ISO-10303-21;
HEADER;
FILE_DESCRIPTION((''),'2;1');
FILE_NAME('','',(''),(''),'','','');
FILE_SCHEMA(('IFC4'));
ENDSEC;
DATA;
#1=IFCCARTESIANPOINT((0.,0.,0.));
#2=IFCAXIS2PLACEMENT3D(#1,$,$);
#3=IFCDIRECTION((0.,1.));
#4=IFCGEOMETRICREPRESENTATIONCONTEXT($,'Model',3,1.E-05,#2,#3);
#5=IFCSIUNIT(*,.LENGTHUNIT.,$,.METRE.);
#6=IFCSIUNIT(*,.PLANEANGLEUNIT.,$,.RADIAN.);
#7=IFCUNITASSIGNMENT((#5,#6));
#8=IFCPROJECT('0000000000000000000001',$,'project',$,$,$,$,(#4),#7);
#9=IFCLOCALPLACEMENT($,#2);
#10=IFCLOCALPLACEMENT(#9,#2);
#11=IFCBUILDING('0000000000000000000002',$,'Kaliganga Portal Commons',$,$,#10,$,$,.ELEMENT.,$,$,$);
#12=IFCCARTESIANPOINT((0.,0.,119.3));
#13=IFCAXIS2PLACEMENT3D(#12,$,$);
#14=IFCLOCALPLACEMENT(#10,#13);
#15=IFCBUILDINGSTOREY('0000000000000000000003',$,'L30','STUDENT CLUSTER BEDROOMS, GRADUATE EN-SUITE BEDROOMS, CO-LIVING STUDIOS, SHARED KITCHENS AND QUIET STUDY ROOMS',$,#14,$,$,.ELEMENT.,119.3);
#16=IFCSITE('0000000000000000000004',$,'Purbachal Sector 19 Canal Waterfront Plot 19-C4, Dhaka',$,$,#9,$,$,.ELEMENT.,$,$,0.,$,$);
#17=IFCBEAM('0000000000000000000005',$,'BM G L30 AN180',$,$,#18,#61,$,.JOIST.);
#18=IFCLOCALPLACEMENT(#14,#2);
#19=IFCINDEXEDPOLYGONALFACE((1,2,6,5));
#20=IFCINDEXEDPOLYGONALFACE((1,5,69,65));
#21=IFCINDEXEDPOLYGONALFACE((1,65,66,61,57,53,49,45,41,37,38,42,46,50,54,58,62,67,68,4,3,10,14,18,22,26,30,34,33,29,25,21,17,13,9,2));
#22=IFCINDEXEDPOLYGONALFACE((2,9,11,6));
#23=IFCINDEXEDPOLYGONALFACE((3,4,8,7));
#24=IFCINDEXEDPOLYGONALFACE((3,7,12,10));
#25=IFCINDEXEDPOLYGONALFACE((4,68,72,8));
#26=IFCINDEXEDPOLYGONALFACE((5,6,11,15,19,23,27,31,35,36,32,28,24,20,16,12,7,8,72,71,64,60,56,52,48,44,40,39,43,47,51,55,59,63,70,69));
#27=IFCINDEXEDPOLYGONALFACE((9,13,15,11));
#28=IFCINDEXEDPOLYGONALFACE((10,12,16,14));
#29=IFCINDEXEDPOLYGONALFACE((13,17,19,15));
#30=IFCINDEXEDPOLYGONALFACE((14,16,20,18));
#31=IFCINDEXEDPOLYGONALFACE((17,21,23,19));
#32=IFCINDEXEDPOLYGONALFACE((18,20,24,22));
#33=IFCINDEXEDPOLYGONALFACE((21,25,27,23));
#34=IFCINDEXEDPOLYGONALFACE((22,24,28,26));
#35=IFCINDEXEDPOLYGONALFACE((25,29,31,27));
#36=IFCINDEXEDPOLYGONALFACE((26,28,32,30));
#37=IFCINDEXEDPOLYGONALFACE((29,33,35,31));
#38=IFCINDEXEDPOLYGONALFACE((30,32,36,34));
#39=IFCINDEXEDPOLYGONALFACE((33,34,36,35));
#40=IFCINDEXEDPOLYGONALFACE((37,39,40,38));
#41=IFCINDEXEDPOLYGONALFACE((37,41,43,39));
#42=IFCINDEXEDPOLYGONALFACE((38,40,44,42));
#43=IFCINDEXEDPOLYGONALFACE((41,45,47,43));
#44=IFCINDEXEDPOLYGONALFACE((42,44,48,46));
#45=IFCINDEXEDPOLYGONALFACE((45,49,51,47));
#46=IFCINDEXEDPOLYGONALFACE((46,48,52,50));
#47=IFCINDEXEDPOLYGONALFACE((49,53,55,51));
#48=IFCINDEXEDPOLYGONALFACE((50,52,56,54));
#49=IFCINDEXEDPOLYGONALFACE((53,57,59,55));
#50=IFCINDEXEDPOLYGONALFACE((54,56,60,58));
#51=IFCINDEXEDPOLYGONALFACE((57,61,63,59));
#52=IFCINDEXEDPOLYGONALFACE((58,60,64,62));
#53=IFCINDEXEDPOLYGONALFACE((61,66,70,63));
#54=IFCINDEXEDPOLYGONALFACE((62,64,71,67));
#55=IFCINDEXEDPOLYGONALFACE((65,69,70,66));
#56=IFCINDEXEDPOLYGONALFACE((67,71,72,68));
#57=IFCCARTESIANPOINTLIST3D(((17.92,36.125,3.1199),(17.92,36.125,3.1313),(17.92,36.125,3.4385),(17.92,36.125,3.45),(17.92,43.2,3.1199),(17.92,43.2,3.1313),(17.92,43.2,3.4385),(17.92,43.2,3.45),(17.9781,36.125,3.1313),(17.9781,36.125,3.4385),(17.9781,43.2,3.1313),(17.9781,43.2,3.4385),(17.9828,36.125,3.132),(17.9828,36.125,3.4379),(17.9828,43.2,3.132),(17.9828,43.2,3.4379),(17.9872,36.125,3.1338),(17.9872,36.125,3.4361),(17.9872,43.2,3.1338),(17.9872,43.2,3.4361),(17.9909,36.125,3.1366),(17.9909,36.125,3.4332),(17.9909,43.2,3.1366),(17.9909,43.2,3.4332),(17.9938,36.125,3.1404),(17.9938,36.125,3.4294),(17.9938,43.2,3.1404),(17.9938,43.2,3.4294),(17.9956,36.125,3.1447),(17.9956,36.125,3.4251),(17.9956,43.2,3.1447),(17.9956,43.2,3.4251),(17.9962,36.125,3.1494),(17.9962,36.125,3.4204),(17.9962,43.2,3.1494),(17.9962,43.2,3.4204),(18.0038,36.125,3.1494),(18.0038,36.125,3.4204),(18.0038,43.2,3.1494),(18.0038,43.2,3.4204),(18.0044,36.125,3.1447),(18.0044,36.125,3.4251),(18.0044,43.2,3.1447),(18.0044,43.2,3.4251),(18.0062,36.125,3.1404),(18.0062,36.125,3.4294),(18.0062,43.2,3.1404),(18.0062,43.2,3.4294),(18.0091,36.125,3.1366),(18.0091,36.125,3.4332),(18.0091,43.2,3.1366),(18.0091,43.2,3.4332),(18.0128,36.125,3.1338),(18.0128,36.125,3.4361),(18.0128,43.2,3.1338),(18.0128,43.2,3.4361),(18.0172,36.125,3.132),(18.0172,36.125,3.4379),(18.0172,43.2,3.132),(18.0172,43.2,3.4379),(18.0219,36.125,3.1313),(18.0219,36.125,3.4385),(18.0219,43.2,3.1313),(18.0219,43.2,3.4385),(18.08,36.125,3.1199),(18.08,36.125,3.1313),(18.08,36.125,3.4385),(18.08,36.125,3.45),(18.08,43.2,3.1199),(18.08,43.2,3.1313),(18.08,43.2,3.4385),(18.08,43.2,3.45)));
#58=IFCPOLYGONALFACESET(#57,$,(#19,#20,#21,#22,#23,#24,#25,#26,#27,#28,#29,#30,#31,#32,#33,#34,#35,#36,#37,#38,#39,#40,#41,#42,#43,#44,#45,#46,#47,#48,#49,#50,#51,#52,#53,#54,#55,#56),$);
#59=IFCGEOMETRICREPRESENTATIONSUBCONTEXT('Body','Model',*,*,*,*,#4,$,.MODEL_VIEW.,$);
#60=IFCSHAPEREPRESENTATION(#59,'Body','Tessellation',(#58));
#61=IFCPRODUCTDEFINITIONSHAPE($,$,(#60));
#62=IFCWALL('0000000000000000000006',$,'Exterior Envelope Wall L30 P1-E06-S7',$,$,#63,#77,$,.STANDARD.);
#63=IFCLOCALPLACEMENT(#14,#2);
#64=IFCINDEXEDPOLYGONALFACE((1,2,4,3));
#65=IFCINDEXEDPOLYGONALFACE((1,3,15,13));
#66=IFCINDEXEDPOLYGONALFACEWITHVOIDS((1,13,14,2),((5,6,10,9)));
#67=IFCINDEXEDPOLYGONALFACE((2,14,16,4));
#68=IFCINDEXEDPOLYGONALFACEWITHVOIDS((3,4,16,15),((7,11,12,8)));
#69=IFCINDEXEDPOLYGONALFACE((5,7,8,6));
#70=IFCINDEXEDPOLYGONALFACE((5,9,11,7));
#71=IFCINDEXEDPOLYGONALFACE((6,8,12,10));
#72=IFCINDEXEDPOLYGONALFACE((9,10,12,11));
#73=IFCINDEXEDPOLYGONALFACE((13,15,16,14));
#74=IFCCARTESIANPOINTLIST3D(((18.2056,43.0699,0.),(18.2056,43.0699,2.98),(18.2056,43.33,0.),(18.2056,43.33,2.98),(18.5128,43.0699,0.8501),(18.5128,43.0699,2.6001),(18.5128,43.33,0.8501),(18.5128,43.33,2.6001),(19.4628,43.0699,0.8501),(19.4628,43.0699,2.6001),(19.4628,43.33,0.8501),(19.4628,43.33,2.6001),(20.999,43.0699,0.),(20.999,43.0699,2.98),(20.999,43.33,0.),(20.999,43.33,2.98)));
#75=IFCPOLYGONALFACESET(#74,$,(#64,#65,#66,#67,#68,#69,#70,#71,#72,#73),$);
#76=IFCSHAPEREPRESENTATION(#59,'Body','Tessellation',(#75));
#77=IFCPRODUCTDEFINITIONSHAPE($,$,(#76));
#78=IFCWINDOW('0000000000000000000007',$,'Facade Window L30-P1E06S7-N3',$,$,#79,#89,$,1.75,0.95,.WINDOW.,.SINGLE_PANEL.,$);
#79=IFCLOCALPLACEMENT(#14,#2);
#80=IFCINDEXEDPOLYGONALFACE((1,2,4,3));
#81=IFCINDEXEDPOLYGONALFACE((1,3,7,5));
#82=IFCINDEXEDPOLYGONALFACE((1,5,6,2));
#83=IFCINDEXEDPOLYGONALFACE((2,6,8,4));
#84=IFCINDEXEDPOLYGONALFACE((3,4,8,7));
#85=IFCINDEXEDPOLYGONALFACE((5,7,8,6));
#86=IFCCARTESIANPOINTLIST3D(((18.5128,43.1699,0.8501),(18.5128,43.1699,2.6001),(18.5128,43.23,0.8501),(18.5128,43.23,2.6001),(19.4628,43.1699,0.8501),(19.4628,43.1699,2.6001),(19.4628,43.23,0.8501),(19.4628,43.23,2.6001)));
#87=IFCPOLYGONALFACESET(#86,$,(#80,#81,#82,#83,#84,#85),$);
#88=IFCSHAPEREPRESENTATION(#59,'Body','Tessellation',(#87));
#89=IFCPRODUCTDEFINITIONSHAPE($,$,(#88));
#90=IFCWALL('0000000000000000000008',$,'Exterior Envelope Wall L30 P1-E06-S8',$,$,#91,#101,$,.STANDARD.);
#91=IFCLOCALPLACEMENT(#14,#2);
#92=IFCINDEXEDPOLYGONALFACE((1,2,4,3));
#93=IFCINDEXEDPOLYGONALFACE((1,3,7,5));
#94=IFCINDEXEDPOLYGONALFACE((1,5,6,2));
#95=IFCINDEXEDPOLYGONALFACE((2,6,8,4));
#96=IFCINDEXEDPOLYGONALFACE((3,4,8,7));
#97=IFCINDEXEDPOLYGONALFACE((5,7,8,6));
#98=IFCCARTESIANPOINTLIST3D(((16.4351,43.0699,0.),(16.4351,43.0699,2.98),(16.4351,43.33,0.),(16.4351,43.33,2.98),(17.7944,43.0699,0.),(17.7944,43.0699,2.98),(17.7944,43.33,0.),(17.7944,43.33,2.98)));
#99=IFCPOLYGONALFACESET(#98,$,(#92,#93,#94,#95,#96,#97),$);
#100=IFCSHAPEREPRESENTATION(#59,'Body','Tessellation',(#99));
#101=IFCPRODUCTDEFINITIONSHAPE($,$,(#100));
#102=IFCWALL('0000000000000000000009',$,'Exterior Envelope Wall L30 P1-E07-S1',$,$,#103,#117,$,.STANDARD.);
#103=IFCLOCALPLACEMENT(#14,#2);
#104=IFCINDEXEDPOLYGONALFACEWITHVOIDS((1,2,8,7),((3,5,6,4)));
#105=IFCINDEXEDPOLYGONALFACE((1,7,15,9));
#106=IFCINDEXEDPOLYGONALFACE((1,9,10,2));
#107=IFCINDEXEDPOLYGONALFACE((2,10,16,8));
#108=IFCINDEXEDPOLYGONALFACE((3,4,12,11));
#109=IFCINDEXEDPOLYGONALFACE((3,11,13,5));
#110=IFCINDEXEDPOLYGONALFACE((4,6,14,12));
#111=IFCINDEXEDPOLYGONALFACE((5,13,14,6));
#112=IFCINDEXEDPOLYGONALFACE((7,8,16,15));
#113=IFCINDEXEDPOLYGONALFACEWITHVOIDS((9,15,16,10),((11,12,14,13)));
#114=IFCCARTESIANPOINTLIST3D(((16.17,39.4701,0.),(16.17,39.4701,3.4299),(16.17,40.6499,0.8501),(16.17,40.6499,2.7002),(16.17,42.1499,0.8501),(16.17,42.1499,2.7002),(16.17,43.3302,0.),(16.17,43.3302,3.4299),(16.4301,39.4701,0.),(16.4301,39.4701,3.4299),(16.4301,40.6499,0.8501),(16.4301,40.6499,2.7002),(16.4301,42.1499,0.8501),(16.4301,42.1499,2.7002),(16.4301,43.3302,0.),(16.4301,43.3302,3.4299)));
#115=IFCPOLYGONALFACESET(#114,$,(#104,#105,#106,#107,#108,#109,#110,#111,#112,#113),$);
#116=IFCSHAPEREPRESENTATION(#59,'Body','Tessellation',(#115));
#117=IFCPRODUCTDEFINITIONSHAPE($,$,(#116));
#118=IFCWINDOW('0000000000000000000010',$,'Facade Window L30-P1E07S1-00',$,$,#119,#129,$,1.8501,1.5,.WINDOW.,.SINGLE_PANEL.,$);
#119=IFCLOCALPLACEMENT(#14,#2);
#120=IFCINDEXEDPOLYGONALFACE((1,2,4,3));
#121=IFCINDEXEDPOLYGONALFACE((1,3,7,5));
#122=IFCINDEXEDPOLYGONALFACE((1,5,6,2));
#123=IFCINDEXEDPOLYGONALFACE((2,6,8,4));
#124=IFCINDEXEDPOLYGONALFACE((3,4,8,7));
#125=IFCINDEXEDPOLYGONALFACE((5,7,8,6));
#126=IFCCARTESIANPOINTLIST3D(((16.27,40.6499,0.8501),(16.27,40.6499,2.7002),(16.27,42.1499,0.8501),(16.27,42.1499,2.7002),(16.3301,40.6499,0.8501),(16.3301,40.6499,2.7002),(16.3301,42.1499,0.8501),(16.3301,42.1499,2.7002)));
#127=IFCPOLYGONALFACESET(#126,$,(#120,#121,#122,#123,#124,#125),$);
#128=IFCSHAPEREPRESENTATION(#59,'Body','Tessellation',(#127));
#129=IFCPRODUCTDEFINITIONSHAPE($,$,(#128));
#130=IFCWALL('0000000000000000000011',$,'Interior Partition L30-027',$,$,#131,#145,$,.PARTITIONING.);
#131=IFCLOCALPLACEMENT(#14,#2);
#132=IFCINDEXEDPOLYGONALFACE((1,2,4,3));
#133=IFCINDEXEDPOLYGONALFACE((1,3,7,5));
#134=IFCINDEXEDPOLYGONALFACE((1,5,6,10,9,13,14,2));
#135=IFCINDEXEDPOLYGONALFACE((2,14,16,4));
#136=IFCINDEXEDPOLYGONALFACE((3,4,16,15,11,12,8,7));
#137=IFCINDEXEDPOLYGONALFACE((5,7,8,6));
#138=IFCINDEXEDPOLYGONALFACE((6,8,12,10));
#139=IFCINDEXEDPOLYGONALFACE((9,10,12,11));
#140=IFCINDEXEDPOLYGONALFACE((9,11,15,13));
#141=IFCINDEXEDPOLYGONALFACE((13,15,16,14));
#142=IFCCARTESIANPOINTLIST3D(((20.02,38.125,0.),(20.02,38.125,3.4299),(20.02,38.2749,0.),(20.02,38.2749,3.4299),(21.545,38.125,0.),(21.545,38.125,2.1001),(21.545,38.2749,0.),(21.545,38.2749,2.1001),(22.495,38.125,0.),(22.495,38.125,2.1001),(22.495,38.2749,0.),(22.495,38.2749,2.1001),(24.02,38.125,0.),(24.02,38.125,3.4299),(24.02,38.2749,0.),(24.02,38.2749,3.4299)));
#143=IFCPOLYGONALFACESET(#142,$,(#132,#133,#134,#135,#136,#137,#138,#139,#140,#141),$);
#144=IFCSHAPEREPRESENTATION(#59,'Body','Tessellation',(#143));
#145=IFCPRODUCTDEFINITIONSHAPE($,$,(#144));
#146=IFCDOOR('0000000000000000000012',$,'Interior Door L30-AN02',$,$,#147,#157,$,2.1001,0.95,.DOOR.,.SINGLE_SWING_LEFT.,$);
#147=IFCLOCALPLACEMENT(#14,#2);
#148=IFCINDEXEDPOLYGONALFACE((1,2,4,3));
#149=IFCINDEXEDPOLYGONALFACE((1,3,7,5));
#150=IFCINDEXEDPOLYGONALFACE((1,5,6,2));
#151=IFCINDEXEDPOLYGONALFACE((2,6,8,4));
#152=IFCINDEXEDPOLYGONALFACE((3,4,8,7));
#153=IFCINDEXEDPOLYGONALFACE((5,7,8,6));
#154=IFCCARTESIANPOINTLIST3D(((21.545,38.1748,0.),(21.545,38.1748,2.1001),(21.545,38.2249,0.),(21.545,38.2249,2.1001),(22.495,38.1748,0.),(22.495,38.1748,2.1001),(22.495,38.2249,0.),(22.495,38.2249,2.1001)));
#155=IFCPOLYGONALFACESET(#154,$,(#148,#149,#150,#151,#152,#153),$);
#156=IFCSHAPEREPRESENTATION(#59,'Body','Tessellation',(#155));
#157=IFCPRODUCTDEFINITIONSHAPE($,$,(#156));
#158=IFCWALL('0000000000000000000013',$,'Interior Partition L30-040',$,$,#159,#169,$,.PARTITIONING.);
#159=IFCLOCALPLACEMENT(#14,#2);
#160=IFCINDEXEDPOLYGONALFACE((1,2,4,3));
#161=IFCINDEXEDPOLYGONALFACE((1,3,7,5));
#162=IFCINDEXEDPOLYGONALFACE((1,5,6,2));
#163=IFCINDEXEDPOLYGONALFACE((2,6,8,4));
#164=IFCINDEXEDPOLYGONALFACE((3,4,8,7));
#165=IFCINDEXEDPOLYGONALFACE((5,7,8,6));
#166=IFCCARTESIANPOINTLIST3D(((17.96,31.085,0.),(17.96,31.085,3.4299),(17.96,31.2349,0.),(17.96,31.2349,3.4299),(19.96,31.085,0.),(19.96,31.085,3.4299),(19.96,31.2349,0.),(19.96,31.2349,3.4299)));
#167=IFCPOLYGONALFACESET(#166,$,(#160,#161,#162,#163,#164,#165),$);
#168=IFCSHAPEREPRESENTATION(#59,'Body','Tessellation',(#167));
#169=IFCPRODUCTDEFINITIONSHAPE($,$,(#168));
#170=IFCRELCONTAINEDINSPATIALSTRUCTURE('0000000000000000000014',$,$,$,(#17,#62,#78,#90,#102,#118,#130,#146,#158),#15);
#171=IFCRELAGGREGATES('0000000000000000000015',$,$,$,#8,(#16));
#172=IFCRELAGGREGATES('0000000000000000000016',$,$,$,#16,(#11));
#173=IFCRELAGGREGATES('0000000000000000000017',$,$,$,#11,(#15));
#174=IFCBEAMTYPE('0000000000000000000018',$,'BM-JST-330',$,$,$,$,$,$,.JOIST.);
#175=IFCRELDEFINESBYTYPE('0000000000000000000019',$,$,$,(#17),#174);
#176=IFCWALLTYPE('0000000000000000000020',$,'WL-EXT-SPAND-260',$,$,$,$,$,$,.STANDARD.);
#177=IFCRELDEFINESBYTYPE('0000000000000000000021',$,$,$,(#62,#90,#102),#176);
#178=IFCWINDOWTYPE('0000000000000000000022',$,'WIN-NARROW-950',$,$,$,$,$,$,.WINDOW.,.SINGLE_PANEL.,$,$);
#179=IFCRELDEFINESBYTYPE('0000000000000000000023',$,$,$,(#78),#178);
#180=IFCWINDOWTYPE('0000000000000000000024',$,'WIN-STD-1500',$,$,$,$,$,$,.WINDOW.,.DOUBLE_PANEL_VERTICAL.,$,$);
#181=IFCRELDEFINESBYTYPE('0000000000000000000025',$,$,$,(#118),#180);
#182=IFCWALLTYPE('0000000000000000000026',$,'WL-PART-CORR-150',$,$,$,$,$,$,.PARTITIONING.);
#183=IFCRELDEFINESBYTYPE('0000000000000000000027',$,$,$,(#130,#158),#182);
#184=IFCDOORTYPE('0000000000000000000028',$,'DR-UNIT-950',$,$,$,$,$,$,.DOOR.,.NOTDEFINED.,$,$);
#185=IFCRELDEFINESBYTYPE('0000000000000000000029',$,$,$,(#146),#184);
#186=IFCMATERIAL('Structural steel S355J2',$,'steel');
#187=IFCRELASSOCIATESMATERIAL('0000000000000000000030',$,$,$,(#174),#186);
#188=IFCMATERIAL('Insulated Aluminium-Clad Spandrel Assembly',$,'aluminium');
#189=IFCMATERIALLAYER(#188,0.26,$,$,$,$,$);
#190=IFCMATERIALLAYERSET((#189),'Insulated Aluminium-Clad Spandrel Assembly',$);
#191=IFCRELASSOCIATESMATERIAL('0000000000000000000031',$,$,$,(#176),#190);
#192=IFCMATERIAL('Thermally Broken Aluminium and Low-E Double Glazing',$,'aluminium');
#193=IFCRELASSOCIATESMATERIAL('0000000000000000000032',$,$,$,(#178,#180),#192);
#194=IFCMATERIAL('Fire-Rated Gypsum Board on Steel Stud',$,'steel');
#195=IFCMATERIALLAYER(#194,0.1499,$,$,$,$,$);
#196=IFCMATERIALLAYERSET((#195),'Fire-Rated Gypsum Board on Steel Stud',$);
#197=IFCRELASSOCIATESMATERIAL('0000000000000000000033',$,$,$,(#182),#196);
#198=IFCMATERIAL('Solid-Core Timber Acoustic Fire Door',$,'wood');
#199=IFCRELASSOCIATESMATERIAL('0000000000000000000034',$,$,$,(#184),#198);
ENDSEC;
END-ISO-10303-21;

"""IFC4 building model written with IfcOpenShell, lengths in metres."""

from ifc_helpers import new_model, si_unit, direction, frame, frame_2d, origin, origin_2d, place, context, subcontext, project, spatial, rectangle, i_section, extrude, source, transform, mapped, material, layer, layer_set, material_profile, profile_set, type_object, element, fill, save


model = new_model("IFC4")

# Units and contexts
model_context = context("Model", 3, precision=1e-05, world=origin(), true_north=direction((0.0, 1.0)))
body_context = subcontext(model_context, "Body", "Model", "MODEL_VIEW")
ifc_project = project(units=[si_unit("LENGTHUNIT", "METRE"), si_unit("PLANEANGLEUNIT", "RADIAN")], contexts=[model_context])

# Site, building, storey
site_placement = place(None, origin())
site = spatial("IfcSite", under=ifc_project, at=site_placement, Name="Purbachal Sector 19 Canal Waterfront Plot 19-C4, Dhaka", CompositionType="ELEMENT", RefElevation=0.0)
building_placement = place(site_placement, origin())
building = spatial("IfcBuilding", under=site, at=building_placement, Name="Kaliganga Portal Commons", CompositionType="ELEMENT")
storey_placement = place(building_placement, frame((0.0, 0.0, 119.3)))
storey = spatial("IfcBuildingStorey", under=building, at=storey_placement, Name="L30", Description="STUDENT CLUSTER BEDROOMS, GRADUATE EN-SUITE BEDROOMS, CO-LIVING STUDIOS, SHARED KITCHENS AND QUIET STUDY ROOMS", CompositionType="ELEMENT", Elevation=119.3)

# Beam
ifc_material_1 = material(Name="Structural steel S355J2", Category="steel")
ifc_material_profile_1 = material_profile(ifc_material_1, i_section(OverallWidth=0.1599, OverallDepth=0.3301, WebThickness=0.0076, FlangeThickness=0.0115, FilletRadius=0.0181, at=origin_2d()), Name="IPE 330")
ifc_profile_set_1 = profile_set([ifc_material_profile_1], Name="Structural steel S355J2 wide-flange")
beam_type_1 = type_object("IfcBeamType", Name="BM-JST-330", PredefinedType="JOIST", material=ifc_profile_set_1)
shared_shape_1 = source(origin(), body_context, "Body", "SweptSolid", [
    extrude(i_section(OverallWidth=0.1599, OverallDepth=0.3301, WebThickness=0.0076, FlangeThickness=0.0115, FilletRadius=0.0181, at=origin_2d()), origin(), (0.0, 0.0, 1.0), 7.075),
])
beam_1_placement = place(storey_placement, frame((18.0, 36.125, 3.2849), z_axis=(0.0, 1.0, 0.0), x_axis=(-1.0, 0.0, 0.0)))
element("IfcBeam", 1, at=beam_1_placement, inside=storey, type_object=beam_type_1, Name="BM G L30 AN180", PredefinedType="JOIST", context=body_context, shape_type="MappedRepresentation", body=[
    mapped(shared_shape_1, transform((0.0, 0.0, 0.0), x_axis=(1.0, 0.0, 0.0), y_axis=(0.0, 1.0, 0.0), z_axis=(0.0, 0.0, 1.0), scale=1.0)),
])

# Wall, opening, window
ifc_material_2 = material(Name="Insulated Aluminium-Clad Spandrel Assembly", Category="aluminium")
ifc_layer_1 = layer(ifc_material_2, 0.26)
ifc_layer_set_1 = layer_set([ifc_layer_1], Name="Insulated Aluminium-Clad Spandrel Assembly")
wall_type_1 = type_object("IfcWallType", Name="WL-EXT-SPAND-260", PredefinedType="STANDARD", material=ifc_layer_set_1)
wall_1_placement = place(storey_placement, frame((18.2056, 43.2, 0.0), z_axis=(0.0, 0.0, 1.0), x_axis=(1.0, 0.0, 0.0)))
wall_1 = element("IfcWall", 2, at=wall_1_placement, inside=storey, type_object=wall_type_1, Name="Exterior Envelope Wall L30 P1-E06-S7", PredefinedType="STANDARD", context=body_context, shape_type="SweptSolid", body=[
    extrude(rectangle(XDim=2.7935, YDim=0.26, at=frame_2d((1.3967, 0.0))), origin(), (0.0, 0.0, 1.0), 2.98),
])
opening_1_placement = place(wall_1_placement, frame((0.3071, 0.0, 0.8501)))
opening_1 = element("IfcOpeningElement", 3, at=opening_1_placement, cuts=wall_1, PredefinedType="OPENING", context=body_context, shape_type="SweptSolid", body=[
    extrude(rectangle(XDim=0.95, YDim=1.75, at=frame_2d((0.4751, 0.875))), frame((0.0, 0.1401, 0.0), z_axis=(0.0, -1.0, 0.0), x_axis=(1.0, 0.0, 0.0)), (0.0, 0.0, 1.0), 0.28),
])
ifc_material_3 = material(Name="Thermally Broken Aluminium and Low-E Double Glazing", Category="aluminium")
window_type_1 = type_object("IfcWindowType", Name="WIN-NARROW-950", PartitioningType="SINGLE_PANEL", PredefinedType="WINDOW", material=ifc_material_3)
window_1_placement = place(opening_1_placement, origin())
window_1 = element("IfcWindow", 4, at=window_1_placement, inside=storey, type_object=window_type_1, Name="Facade Window L30-P1E06S7-N3", OverallHeight=1.75, OverallWidth=0.95, PartitioningType="SINGLE_PANEL", PredefinedType="WINDOW", context=body_context, shape_type="SweptSolid", body=[
    extrude(rectangle(XDim=0.95, YDim=1.75, at=frame_2d((0.4751, 0.875))), frame((0.0, 0.03, 0.0), z_axis=(0.0, -1.0, 0.0), x_axis=(1.0, 0.0, 0.0)), (0.0, 0.0, 1.0), 0.0601),
])
fill(opening_1, window_1)

# Wall
wall_2_placement = place(storey_placement, frame((16.4351, 43.2, 0.0), z_axis=(0.0, 0.0, 1.0), x_axis=(1.0, 0.0, 0.0)))
element("IfcWall", 5, at=wall_2_placement, inside=storey, type_object=wall_type_1, Name="Exterior Envelope Wall L30 P1-E06-S8", PredefinedType="STANDARD", context=body_context, shape_type="SweptSolid", body=[
    extrude(rectangle(XDim=1.3594, YDim=0.26, at=frame_2d((0.6797, 0.0))), origin(), (0.0, 0.0, 1.0), 2.98),
])

# Wall, opening, window
wall_3_placement = place(storey_placement, frame((16.3, 39.47, 0.0), z_axis=(0.0, 0.0, 1.0), x_axis=(0.0, 1.0, 0.0)))
wall_3 = element("IfcWall", 6, at=wall_3_placement, inside=storey, type_object=wall_type_1, Name="Exterior Envelope Wall L30 P1-E07-S1", PredefinedType="STANDARD", context=body_context, shape_type="SweptSolid", body=[
    extrude(rectangle(XDim=3.8601, YDim=0.26, at=frame_2d((1.9302, 0.0))), origin(), (0.0, 0.0, 1.0), 3.4299),
])
opening_2_placement = place(wall_3_placement, frame((1.1799, 0.0, 0.8501)))
opening_2 = element("IfcOpeningElement", 7, at=opening_2_placement, cuts=wall_3, PredefinedType="OPENING", context=body_context, shape_type="SweptSolid", body=[
    extrude(rectangle(XDim=1.5, YDim=1.8501, at=frame_2d((0.75, 0.925))), frame((0.0, 0.1401, 0.0), z_axis=(0.0, -1.0, 0.0), x_axis=(1.0, 0.0, 0.0)), (0.0, 0.0, 1.0), 0.28),
])
window_type_2 = type_object("IfcWindowType", Name="WIN-STD-1500", PartitioningType="DOUBLE_PANEL_VERTICAL", PredefinedType="WINDOW", material=ifc_material_3)
window_2_placement = place(opening_2_placement, origin())
window_2 = element("IfcWindow", 8, at=window_2_placement, inside=storey, type_object=window_type_2, Name="Facade Window L30-P1E07S1-00", OverallHeight=1.8501, OverallWidth=1.5, PartitioningType="SINGLE_PANEL", PredefinedType="WINDOW", context=body_context, shape_type="SweptSolid", body=[
    extrude(rectangle(XDim=1.5, YDim=1.8501, at=frame_2d((0.75, 0.925))), frame((0.0, 0.03, 0.0), z_axis=(0.0, -1.0, 0.0), x_axis=(1.0, 0.0, 0.0)), (0.0, 0.0, 1.0), 0.0601),
])
fill(opening_2, window_2)

# Wall, opening, door
ifc_material_4 = material(Name="Fire-Rated Gypsum Board on Steel Stud", Category="steel")
ifc_layer_2 = layer(ifc_material_4, 0.1499)
ifc_layer_set_2 = layer_set([ifc_layer_2], Name="Fire-Rated Gypsum Board on Steel Stud")
wall_type_2 = type_object("IfcWallType", Name="WL-PART-CORR-150", PredefinedType="PARTITIONING", material=ifc_layer_set_2)
wall_4_placement = place(storey_placement, frame((20.02, 38.2, 0.0), z_axis=(0.0, 0.0, 1.0), x_axis=(1.0, 0.0, 0.0)))
wall_4 = element("IfcWall", 9, at=wall_4_placement, inside=storey, type_object=wall_type_2, Name="Interior Partition L30-027", PredefinedType="PARTITIONING", context=body_context, shape_type="SweptSolid", body=[
    extrude(rectangle(XDim=4.0, YDim=0.1499, at=frame_2d((2.0, 0.0))), origin(), (0.0, 0.0, 1.0), 3.4299),
])
opening_3_placement = place(wall_4_placement, frame((1.5249, 0.0, 0.0)))
opening_3 = element("IfcOpeningElement", 10, at=opening_3_placement, cuts=wall_4, PredefinedType="OPENING", context=body_context, shape_type="SweptSolid", body=[
    extrude(rectangle(XDim=0.95, YDim=2.1001, at=frame_2d((0.4751, 1.05))), frame((0.0, 0.085, 0.0), z_axis=(0.0, -1.0, 0.0), x_axis=(1.0, 0.0, 0.0)), (0.0, 0.0, 1.0), 0.1699),
])
ifc_material_5 = material(Name="Solid-Core Timber Acoustic Fire Door", Category="wood")
door_type_1 = type_object("IfcDoorType", Name="DR-UNIT-950", OperationType="NOTDEFINED", PredefinedType="DOOR", material=ifc_material_5)
door_1_placement = place(opening_3_placement, origin())
door_1 = element("IfcDoor", 11, at=door_1_placement, inside=storey, type_object=door_type_1, Name="Interior Door L30-AN02", OperationType="SINGLE_SWING_LEFT", OverallHeight=2.1001, OverallWidth=0.95, PredefinedType="DOOR", context=body_context, shape_type="SweptSolid", body=[
    extrude(rectangle(XDim=0.95, YDim=2.1001, at=frame_2d((0.4751, 1.05))), frame((0.0, 0.0249, 0.0), z_axis=(0.0, -1.0, 0.0), x_axis=(1.0, 0.0, 0.0)), (0.0, 0.0, 1.0), 0.05),
])
fill(opening_3, door_1)

# Wall
wall_5_placement = place(storey_placement, frame((17.96, 31.1599, 0.0), z_axis=(0.0, 0.0, 1.0), x_axis=(1.0, 0.0, 0.0)))
element("IfcWall", 12, at=wall_5_placement, inside=storey, type_object=wall_type_2, Name="Interior Partition L30-040", PredefinedType="PARTITIONING", context=body_context, shape_type="SweptSolid", body=[
    extrude(rectangle(XDim=2.0, YDim=0.1499, at=frame_2d((1.0, 0.0))), origin(), (0.0, 0.0, 1.0), 3.4299),
])

save(model, "model.ifc")
